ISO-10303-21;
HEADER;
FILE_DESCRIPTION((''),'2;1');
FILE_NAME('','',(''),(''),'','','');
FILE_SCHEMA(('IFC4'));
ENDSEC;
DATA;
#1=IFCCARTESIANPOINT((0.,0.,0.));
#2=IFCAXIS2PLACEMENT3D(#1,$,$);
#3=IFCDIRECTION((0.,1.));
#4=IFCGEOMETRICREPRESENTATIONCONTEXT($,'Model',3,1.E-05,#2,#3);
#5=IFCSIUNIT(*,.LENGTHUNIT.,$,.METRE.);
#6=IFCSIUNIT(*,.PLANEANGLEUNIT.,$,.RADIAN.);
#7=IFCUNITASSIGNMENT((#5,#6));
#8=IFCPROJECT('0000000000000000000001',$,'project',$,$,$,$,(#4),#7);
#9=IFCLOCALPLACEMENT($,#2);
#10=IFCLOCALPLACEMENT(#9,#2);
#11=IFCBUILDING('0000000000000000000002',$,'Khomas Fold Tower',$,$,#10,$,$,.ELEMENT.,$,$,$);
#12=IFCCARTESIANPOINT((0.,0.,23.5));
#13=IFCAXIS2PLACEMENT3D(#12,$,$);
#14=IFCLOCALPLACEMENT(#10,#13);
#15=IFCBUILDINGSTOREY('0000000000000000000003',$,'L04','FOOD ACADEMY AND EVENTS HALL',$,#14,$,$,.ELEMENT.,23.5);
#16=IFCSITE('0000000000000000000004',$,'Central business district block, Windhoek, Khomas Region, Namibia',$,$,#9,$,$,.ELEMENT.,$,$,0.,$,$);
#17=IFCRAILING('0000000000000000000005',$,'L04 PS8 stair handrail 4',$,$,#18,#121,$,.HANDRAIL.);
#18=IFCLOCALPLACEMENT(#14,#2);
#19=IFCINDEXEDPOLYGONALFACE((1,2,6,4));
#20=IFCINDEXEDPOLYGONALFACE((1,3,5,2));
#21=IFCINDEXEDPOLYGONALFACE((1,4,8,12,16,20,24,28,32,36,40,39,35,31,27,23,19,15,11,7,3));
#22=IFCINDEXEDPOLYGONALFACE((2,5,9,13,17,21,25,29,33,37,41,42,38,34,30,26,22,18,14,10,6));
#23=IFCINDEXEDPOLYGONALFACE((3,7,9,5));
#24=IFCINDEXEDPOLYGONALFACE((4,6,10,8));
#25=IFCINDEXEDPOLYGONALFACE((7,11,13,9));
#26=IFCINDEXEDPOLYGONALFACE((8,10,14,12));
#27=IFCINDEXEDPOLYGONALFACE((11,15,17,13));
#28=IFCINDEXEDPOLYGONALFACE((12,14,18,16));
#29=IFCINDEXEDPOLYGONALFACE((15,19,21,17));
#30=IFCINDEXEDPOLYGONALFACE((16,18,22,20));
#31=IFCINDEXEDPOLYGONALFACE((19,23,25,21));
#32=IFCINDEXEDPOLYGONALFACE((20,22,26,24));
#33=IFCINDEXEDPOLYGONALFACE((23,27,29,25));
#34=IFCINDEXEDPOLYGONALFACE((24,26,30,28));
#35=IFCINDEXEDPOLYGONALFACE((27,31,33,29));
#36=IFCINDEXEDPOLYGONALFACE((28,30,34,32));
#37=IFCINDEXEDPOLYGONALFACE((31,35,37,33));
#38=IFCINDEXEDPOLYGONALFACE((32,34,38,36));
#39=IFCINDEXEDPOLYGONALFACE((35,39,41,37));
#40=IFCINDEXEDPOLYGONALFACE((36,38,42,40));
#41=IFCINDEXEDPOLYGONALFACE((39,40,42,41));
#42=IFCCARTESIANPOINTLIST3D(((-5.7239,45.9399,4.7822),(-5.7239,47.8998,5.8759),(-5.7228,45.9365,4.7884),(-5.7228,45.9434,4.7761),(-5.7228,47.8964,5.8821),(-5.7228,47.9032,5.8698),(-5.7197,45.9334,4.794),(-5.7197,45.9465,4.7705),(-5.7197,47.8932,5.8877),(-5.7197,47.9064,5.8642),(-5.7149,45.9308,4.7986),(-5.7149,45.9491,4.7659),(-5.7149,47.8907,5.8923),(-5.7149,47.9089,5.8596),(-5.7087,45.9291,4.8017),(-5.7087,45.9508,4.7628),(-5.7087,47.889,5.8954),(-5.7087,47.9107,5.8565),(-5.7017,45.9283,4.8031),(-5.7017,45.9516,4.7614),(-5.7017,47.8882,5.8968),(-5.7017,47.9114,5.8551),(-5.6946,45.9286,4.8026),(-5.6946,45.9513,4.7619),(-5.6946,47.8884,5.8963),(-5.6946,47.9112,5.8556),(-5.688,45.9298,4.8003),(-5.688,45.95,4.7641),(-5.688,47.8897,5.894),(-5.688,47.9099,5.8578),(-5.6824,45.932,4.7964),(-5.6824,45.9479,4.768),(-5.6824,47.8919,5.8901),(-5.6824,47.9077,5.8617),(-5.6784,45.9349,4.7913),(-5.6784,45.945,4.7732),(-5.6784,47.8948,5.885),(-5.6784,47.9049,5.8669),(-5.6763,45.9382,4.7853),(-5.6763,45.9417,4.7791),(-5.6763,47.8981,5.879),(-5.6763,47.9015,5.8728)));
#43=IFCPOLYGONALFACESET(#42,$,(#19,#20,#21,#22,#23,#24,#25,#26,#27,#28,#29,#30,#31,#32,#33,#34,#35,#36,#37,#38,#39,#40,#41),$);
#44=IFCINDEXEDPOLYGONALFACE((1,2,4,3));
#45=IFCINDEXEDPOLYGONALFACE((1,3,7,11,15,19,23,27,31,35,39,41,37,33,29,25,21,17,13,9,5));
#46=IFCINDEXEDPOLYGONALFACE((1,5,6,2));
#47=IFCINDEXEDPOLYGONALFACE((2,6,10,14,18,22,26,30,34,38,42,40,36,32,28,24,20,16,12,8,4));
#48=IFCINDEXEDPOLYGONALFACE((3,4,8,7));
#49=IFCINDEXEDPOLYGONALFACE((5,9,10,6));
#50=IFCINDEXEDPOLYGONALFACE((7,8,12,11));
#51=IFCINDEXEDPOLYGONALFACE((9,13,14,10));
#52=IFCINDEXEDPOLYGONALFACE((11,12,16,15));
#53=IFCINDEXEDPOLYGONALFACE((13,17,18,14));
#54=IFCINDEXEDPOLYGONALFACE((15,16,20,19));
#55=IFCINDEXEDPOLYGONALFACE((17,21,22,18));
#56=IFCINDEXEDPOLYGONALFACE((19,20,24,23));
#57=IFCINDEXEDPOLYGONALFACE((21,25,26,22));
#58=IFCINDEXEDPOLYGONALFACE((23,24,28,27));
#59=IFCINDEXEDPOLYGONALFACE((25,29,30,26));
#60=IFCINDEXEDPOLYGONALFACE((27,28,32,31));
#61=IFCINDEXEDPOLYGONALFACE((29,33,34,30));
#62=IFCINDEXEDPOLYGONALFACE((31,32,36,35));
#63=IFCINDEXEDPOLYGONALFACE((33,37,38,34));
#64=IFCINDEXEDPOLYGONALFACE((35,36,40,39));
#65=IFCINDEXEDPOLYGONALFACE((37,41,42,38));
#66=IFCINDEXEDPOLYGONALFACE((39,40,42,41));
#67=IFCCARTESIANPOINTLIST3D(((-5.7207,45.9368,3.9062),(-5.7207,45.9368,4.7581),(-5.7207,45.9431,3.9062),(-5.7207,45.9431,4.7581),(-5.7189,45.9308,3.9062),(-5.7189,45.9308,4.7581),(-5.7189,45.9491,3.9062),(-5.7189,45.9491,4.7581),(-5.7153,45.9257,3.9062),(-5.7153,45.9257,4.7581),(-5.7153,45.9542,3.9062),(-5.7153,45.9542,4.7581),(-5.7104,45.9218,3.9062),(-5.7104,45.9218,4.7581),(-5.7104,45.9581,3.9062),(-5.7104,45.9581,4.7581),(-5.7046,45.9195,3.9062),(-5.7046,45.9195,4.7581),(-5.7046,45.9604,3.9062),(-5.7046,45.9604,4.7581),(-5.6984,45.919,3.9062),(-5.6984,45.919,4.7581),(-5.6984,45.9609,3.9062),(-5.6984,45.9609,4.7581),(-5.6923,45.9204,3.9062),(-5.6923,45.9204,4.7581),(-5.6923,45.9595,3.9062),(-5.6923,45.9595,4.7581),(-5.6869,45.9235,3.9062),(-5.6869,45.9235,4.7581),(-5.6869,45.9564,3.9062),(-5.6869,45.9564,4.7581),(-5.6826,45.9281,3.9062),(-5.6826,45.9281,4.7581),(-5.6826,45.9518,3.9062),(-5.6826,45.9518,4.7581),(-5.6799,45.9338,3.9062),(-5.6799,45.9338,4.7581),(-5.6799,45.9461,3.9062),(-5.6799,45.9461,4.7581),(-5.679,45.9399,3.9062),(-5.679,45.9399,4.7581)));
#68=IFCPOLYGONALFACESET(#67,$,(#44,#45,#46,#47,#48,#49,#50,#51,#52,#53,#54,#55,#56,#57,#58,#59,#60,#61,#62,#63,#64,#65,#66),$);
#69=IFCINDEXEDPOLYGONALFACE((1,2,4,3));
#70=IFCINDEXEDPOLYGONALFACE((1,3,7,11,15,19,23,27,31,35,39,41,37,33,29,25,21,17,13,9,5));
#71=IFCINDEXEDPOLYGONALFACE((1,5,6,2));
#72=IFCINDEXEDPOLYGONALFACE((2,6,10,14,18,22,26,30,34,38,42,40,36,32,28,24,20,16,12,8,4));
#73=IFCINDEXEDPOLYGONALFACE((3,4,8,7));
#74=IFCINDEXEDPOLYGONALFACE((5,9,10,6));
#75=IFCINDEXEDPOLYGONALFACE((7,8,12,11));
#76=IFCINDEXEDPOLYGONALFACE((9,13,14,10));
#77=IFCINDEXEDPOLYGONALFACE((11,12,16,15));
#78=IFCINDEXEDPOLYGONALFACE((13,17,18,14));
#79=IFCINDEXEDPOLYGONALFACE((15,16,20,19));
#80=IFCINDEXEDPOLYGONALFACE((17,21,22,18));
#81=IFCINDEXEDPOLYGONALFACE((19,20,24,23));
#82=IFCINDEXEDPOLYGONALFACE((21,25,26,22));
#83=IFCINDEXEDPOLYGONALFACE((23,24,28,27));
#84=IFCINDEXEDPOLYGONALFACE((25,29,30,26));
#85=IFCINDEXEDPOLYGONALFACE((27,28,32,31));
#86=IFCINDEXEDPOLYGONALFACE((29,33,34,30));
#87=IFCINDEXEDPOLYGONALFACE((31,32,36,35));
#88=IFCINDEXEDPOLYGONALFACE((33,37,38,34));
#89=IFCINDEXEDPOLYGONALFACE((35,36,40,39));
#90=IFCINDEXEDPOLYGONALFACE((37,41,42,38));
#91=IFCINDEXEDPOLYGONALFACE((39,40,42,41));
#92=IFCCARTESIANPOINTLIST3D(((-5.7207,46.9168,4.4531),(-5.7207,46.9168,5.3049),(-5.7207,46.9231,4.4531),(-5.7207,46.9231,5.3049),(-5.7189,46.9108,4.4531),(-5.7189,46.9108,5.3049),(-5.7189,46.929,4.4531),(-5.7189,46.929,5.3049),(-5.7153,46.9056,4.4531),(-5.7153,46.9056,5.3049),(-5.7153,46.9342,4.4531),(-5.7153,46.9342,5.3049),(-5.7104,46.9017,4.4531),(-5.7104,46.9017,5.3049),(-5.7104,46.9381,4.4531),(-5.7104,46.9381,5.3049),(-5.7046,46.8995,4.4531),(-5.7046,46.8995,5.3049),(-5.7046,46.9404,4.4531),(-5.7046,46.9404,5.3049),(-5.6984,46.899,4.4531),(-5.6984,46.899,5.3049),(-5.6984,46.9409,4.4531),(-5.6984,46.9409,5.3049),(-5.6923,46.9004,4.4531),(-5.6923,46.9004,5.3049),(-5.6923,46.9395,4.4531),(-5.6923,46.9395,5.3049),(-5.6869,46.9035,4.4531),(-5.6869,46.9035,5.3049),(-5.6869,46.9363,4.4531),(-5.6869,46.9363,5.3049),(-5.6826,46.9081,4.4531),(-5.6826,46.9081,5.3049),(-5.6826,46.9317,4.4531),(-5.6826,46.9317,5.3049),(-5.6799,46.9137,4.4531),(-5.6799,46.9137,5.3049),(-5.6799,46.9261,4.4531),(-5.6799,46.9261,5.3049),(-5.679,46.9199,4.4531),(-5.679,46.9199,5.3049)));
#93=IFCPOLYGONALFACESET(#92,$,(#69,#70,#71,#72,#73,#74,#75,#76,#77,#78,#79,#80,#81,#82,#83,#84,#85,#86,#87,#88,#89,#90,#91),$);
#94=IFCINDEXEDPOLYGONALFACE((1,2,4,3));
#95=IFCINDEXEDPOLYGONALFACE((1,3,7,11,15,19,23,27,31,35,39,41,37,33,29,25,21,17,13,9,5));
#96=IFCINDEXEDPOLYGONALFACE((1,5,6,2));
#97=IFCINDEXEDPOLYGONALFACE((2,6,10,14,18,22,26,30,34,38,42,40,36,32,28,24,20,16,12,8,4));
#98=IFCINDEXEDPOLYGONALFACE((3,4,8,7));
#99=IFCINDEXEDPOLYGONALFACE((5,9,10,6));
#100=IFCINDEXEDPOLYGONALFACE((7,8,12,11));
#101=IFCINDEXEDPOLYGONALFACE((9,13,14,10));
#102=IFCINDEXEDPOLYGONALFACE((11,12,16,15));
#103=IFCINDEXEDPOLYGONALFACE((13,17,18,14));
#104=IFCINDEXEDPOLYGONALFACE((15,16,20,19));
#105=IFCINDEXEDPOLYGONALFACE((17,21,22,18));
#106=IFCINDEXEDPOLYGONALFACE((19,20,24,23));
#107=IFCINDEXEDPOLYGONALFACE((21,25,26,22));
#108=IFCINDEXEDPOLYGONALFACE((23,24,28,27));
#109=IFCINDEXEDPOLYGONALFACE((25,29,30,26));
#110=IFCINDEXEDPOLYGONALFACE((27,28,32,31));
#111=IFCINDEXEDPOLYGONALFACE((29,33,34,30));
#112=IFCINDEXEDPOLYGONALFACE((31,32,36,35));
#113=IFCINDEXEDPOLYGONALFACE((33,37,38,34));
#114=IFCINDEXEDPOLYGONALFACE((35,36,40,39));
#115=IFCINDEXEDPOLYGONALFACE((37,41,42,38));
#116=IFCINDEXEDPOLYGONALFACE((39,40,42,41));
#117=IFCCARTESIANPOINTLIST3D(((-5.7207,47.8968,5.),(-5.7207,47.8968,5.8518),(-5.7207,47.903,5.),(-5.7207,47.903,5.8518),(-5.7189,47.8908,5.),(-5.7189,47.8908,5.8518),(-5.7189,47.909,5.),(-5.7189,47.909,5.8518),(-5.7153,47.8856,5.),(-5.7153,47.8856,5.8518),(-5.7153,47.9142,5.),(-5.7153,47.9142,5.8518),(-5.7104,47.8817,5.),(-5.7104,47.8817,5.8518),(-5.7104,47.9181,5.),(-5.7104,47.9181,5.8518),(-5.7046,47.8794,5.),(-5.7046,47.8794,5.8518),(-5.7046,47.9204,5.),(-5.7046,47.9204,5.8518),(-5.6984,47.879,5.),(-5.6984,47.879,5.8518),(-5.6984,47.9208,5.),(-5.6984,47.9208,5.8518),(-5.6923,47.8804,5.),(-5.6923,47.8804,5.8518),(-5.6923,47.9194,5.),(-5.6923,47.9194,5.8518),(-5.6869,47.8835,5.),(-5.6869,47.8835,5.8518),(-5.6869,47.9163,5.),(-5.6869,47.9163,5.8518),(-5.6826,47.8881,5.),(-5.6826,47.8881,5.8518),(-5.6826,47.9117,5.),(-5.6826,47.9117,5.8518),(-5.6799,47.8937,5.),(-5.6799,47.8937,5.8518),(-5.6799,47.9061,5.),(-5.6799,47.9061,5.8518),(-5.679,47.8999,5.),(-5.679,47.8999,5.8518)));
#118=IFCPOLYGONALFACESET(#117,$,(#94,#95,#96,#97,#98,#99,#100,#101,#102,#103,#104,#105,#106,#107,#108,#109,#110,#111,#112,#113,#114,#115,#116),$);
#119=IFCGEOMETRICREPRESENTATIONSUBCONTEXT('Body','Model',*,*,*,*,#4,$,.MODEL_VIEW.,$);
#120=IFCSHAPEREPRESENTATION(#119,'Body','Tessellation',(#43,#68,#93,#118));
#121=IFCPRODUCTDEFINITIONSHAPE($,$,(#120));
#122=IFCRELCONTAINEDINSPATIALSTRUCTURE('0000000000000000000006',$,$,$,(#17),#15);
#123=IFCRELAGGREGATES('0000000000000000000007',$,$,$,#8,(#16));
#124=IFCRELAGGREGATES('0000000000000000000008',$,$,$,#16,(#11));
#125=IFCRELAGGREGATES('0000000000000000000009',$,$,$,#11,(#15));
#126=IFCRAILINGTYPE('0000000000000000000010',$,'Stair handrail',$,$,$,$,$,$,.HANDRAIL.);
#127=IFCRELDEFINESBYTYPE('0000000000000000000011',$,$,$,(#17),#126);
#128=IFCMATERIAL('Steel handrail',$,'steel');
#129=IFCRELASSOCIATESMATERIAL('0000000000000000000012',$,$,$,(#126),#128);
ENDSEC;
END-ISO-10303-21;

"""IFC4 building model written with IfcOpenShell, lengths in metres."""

from ifc_helpers import new_model, si_unit, direction, frame, origin, origin_2d, place, context, subcontext, project, spatial, circle, extrude, source, transform, mapped, material, type_object, element, save


model = new_model("IFC4")

# Units and contexts
model_context = context("Model", 3, precision=1e-05, world=origin(), true_north=direction((0.0, 1.0)))
body_context = subcontext(model_context, "Body", "Model", "MODEL_VIEW")
ifc_project = project(units=[si_unit("LENGTHUNIT", "METRE"), si_unit("PLANEANGLEUNIT", "RADIAN")], contexts=[model_context])

# Site, building, storey
site_placement = place(None, origin())
site = spatial("IfcSite", under=ifc_project, at=site_placement, Name="Central business district block, Windhoek, Khomas Region, Namibia", CompositionType="ELEMENT", RefElevation=0.0)
building_placement = place(site_placement, origin())
building = spatial("IfcBuilding", under=site, at=building_placement, Name="Khomas Fold Tower", CompositionType="ELEMENT")
storey_placement = place(building_placement, frame((0.0, 0.0, 23.5)))
storey = spatial("IfcBuildingStorey", under=building, at=storey_placement, Name="L04", Description="FOOD ACADEMY AND EVENTS HALL", CompositionType="ELEMENT", Elevation=23.5)

# Railing
ifc_material_1 = material(Name="Steel handrail", Category="steel")
railing_type_1 = type_object("IfcRailingType", Name="Stair handrail", PredefinedType="HANDRAIL", material=ifc_material_1)
shared_shape_1 = source(origin(), body_context, "Body", "SweptSolid", [
    extrude(circle(Radius=0.0239, at=origin_2d()), frame((0.0, 0.0, 0.876), z_axis=(0.0, 0.873232, 0.487304), x_axis=(-1.0, 0.0, 0.0)), (0.0, 0.0, 1.0), 2.2444),
    extrude(circle(Radius=0.021, at=origin_2d()), origin(), (0.0, 0.0, 1.0), 0.8518),
    extrude(circle(Radius=0.021, at=origin_2d()), frame((0.0, 0.98, 0.5469)), (0.0, 0.0, 1.0), 0.8518),
    extrude(circle(Radius=0.021, at=origin_2d()), frame((0.0, 1.96, 1.0938)), (0.0, 0.0, 1.0), 0.8518),
])
for number, where, name in (
    (1, (-5.7, 45.9399, 3.9062), "L04 PS8 stair handrail 4"),
):
    element("IfcRailing", number, at=place(storey_placement, frame(where)), inside=storey, type_object=railing_type_1, Name=name, PredefinedType="HANDRAIL", context=body_context, shape_type="MappedRepresentation", body=[
        mapped(shared_shape_1, transform((0.0, 0.0, 0.0))),
    ])

save(model, "model.ifc")
